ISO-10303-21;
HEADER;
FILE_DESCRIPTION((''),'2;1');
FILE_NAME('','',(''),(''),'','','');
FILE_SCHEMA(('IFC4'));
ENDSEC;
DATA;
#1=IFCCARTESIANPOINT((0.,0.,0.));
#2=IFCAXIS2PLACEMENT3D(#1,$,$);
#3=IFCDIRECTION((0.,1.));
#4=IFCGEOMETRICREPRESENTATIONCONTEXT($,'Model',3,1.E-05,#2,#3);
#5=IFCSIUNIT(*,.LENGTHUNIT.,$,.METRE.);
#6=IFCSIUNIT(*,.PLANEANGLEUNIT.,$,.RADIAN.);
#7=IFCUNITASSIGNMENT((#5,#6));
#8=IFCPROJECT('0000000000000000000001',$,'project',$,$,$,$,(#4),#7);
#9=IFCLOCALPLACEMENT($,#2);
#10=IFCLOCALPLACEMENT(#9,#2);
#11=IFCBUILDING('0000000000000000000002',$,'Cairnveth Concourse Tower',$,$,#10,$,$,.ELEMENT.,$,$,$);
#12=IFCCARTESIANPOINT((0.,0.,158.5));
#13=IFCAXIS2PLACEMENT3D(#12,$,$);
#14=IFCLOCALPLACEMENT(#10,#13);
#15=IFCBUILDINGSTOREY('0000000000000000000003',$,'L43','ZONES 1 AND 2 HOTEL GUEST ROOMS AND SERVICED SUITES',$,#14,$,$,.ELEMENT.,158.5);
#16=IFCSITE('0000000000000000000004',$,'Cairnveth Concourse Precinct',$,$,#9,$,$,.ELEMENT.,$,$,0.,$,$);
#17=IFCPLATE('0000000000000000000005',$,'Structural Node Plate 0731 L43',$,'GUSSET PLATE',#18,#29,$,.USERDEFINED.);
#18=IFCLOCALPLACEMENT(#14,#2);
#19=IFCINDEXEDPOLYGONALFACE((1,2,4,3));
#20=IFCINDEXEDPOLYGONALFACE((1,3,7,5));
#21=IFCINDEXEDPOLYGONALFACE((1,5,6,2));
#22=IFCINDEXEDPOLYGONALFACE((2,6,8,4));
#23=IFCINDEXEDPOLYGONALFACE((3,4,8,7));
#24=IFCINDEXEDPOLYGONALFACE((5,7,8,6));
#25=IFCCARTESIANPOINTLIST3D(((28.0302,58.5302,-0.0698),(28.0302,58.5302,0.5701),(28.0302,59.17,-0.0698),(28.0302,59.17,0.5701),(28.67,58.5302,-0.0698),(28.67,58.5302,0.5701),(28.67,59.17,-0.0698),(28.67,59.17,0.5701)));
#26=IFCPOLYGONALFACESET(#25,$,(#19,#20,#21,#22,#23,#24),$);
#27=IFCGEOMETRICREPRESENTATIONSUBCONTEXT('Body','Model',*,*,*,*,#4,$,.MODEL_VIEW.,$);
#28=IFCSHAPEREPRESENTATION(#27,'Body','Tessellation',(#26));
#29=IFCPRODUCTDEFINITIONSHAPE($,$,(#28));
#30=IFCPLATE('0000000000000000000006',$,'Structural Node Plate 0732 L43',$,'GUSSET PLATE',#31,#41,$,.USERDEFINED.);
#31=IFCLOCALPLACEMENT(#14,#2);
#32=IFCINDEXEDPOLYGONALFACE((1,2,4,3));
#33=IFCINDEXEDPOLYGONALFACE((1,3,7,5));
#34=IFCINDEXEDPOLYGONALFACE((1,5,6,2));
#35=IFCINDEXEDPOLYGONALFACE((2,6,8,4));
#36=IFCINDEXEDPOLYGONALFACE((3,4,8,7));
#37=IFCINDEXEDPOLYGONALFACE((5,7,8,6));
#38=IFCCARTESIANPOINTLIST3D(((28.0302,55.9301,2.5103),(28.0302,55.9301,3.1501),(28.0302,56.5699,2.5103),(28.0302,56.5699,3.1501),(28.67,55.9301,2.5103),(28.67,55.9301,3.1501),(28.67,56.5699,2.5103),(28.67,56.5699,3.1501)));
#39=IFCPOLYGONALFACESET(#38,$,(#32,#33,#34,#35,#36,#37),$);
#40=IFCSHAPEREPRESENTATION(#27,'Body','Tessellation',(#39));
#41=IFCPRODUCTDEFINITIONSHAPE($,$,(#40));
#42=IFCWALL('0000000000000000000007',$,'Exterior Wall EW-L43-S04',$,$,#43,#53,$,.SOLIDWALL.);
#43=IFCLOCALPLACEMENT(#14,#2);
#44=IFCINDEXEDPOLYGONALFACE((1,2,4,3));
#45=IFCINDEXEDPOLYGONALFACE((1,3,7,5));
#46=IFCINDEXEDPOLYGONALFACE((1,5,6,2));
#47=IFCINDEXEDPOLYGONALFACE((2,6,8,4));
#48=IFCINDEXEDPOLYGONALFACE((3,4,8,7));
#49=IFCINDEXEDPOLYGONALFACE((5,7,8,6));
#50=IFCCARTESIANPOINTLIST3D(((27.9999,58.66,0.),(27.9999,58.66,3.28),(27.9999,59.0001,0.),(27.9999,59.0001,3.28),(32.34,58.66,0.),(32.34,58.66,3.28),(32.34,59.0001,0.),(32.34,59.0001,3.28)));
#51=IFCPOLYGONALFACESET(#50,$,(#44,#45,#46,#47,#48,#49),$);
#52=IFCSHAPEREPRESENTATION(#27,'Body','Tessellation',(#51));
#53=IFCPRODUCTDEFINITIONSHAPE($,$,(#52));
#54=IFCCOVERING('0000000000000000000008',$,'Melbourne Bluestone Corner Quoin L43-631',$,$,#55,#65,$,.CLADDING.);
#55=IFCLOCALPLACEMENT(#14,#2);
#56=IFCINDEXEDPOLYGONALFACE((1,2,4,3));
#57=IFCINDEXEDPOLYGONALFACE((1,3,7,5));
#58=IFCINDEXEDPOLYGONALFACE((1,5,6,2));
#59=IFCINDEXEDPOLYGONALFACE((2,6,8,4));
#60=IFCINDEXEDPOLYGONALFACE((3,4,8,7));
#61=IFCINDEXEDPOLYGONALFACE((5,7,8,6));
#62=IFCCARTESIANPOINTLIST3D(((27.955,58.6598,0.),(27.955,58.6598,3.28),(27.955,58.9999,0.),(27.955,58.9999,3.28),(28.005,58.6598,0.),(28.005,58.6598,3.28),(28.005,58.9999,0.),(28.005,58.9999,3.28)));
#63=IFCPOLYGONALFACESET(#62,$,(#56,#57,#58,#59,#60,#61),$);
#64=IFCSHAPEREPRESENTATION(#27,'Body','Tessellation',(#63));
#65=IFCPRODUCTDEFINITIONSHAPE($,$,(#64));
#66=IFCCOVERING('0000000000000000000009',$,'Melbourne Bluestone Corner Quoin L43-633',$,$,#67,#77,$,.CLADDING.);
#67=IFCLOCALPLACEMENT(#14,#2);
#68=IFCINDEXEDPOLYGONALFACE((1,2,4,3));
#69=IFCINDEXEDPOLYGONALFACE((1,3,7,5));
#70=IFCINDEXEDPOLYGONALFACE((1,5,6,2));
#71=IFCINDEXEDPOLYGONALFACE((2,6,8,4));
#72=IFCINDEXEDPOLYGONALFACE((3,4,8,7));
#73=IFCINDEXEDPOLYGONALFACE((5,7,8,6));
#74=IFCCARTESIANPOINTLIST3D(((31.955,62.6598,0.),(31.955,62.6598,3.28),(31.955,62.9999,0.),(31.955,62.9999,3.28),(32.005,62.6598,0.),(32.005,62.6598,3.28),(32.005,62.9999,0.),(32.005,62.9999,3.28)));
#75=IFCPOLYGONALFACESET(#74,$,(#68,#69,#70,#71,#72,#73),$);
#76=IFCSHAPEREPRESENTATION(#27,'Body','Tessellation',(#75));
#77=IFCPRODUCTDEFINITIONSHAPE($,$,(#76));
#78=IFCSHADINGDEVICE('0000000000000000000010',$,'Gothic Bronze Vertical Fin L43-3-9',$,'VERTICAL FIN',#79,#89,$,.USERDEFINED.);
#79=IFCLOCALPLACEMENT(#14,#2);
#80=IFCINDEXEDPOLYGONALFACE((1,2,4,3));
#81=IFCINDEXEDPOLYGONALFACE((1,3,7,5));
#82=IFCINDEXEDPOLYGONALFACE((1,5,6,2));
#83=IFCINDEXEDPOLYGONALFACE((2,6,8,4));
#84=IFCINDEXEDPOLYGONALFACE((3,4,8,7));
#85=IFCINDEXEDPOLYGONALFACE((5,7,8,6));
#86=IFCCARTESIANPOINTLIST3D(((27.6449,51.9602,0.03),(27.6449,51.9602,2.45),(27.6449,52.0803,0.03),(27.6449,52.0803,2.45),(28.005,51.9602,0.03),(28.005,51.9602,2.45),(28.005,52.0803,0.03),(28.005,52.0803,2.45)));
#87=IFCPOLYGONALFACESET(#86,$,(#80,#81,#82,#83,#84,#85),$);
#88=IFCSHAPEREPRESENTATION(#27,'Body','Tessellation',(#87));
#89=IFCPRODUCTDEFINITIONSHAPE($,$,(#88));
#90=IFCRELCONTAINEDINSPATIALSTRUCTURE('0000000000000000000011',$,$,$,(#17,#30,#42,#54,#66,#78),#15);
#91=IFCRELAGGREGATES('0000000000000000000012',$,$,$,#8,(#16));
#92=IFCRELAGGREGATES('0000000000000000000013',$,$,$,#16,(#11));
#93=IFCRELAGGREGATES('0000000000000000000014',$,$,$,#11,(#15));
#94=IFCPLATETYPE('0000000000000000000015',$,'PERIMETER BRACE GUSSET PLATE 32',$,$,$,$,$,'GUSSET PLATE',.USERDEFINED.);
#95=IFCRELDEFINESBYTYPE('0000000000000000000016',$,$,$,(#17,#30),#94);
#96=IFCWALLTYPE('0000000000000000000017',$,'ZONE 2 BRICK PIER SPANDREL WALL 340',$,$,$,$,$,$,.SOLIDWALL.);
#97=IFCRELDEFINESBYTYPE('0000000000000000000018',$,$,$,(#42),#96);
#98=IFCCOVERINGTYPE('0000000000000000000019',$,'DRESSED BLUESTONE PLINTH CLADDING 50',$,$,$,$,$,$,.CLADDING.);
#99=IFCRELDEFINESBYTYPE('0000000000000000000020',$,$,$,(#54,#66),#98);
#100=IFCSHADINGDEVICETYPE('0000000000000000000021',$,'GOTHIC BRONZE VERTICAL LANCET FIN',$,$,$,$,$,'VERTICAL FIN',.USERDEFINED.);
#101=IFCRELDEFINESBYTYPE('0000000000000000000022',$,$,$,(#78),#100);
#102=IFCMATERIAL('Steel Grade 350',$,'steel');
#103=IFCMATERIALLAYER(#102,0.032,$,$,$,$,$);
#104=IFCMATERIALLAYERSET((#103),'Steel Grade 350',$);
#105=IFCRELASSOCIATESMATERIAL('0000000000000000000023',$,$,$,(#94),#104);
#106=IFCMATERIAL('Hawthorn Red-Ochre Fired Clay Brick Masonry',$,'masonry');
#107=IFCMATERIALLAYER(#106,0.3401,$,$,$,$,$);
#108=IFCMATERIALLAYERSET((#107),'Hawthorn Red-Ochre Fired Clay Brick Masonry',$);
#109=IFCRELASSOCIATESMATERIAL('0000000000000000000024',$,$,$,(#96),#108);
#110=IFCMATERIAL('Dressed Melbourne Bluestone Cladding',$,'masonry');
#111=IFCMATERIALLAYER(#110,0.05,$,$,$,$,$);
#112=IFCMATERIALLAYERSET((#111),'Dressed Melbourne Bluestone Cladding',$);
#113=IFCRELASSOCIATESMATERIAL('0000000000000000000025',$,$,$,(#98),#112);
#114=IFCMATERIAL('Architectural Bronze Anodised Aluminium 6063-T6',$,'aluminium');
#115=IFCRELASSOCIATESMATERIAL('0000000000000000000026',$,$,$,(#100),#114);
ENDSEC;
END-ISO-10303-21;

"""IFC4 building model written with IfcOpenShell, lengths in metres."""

from ifc_helpers import new_model, si_unit, direction, frame, frame_2d, origin, origin_2d, place, context, subcontext, project, spatial, rectangle, extrude, material, layer, layer_set, type_object, element, save


model = new_model("IFC4")

# Units and contexts
model_context = context("Model", 3, precision=1e-05, world=origin(), true_north=direction((0.0, 1.0)))
body_context = subcontext(model_context, "Body", "Model", "MODEL_VIEW")
ifc_project = project(units=[si_unit("LENGTHUNIT", "METRE"), si_unit("PLANEANGLEUNIT", "RADIAN")], contexts=[model_context])

# Site, building, storey
site_placement = place(None, origin())
site = spatial("IfcSite", under=ifc_project, at=site_placement, Name="Cairnveth Concourse Precinct", CompositionType="ELEMENT", RefElevation=0.0)
building_placement = place(site_placement, origin())
building = spatial("IfcBuilding", under=site, at=building_placement, Name="Cairnveth Concourse Tower", CompositionType="ELEMENT")
storey_placement = place(building_placement, frame((0.0, 0.0, 158.5)))
storey = spatial("IfcBuildingStorey", under=building, at=storey_placement, Name="L43", Description="ZONES 1 AND 2 HOTEL GUEST ROOMS AND SERVICED SUITES", CompositionType="ELEMENT", Elevation=158.5)

# Shared definitions
ifc_material_1 = material(Name="Steel Grade 350", Category="steel")

# Plates
ifc_layer_1 = layer(ifc_material_1, 0.032)
ifc_layer_set_1 = layer_set([ifc_layer_1], Name="Steel Grade 350")
plate_type = type_object("IfcPlateType", Name="PERIMETER BRACE GUSSET PLATE 32", ElementType="GUSSET PLATE", PredefinedType="USERDEFINED", material=ifc_layer_set_1)
for number, where, z_axis, x_axis, name in (
    (1, (28.3501, 58.8501, -0.0698), (0.0, 0.0, 1.0), (1.0, 0.0, 0.0), "Structural Node Plate 0731 L43"),
    (2, (28.3501, 56.25, 2.5103), (0.0, 0.0, 1.0), (1.0, 0.0, 0.0), "Structural Node Plate 0732 L43"),
):
    element("IfcPlate", number, at=place(storey_placement, frame(where, z_axis=z_axis, x_axis=x_axis)), inside=storey, type_object=plate_type, Name=name, ObjectType="GUSSET PLATE", PredefinedType="USERDEFINED", context=body_context, shape_type="SweptSolid", body=[
        extrude(rectangle(XDim=0.6399, YDim=0.6399, at=origin_2d()), origin(), (0.0, 0.0, 1.0), 0.6399),
    ])

# Wall
ifc_material_2 = material(Name="Hawthorn Red-Ochre Fired Clay Brick Masonry", Category="masonry")
ifc_layer_2 = layer(ifc_material_2, 0.3401)
ifc_layer_set_2 = layer_set([ifc_layer_2], Name="Hawthorn Red-Ochre Fired Clay Brick Masonry")
wall_type = type_object("IfcWallType", Name="ZONE 2 BRICK PIER SPANDREL WALL 340", PredefinedType="SOLIDWALL", material=ifc_layer_set_2)
wall_1_placement = place(storey_placement, frame((28.0, 58.8301, 0.0), z_axis=(0.0, 0.0, 1.0), x_axis=(1.0, 0.0, 0.0)))
element("IfcWall", 3, at=wall_1_placement, inside=storey, type_object=wall_type, Name="Exterior Wall EW-L43-S04", PredefinedType="SOLIDWALL", context=body_context, shape_type="SweptSolid", body=[
    extrude(rectangle(XDim=4.3401, YDim=0.3401, at=frame_2d((2.1699, 0.0))), origin(), (0.0, 0.0, 1.0), 3.28),
])

# Coverings
ifc_material_3 = material(Name="Dressed Melbourne Bluestone Cladding", Category="masonry")
ifc_layer_3 = layer(ifc_material_3, 0.05)
ifc_layer_set_3 = layer_set([ifc_layer_3], Name="Dressed Melbourne Bluestone Cladding")
covering_type = type_object("IfcCoveringType", Name="DRESSED BLUESTONE PLINTH CLADDING 50", PredefinedType="CLADDING", material=ifc_layer_set_3)
for number, where, z_axis, x_axis, name in (
    (4, (27.98, 58.6599, 0.0), (0.0, 0.0, 1.0), (0.0, 1.0, 0.0), "Melbourne Bluestone Corner Quoin L43-631"),
    (5, (31.98, 62.6599, 0.0), (0.0, 0.0, 1.0), (0.0, 1.0, 0.0), "Melbourne Bluestone Corner Quoin L43-633"),
):
    element("IfcCovering", number, at=place(storey_placement, frame(where, z_axis=z_axis, x_axis=x_axis)), inside=storey, type_object=covering_type, Name=name, PredefinedType="CLADDING", context=body_context, shape_type="SweptSolid", body=[
        extrude(rectangle(XDim=0.3401, YDim=0.05, at=frame_2d((0.1699, 0.0))), origin(), (0.0, 0.0, 1.0), 3.28),
    ])

# Shading device
ifc_material_4 = material(Name="Architectural Bronze Anodised Aluminium 6063-T6", Category="aluminium")
shading_device_type = type_object("IfcShadingDeviceType", Name="GOTHIC BRONZE VERTICAL LANCET FIN", ElementType="VERTICAL FIN", PredefinedType="USERDEFINED", material=ifc_material_4)
shading_device_placement = place(storey_placement, frame((27.825, 52.0203, 0.03), z_axis=(0.0, 0.0, 1.0), x_axis=(0.0, 1.0, 0.0)))
element("IfcShadingDevice", 6, at=shading_device_placement, inside=storey, type_object=shading_device_type, Name="Gothic Bronze Vertical Fin L43-3-9", ObjectType="VERTICAL FIN", PredefinedType="USERDEFINED", context=body_context, shape_type="SweptSolid", body=[
    extrude(rectangle(XDim=0.1201, YDim=0.3601, at=origin_2d()), origin(), (0.0, 0.0, 1.0), 2.4199),
])

save(model, "model.ifc")
